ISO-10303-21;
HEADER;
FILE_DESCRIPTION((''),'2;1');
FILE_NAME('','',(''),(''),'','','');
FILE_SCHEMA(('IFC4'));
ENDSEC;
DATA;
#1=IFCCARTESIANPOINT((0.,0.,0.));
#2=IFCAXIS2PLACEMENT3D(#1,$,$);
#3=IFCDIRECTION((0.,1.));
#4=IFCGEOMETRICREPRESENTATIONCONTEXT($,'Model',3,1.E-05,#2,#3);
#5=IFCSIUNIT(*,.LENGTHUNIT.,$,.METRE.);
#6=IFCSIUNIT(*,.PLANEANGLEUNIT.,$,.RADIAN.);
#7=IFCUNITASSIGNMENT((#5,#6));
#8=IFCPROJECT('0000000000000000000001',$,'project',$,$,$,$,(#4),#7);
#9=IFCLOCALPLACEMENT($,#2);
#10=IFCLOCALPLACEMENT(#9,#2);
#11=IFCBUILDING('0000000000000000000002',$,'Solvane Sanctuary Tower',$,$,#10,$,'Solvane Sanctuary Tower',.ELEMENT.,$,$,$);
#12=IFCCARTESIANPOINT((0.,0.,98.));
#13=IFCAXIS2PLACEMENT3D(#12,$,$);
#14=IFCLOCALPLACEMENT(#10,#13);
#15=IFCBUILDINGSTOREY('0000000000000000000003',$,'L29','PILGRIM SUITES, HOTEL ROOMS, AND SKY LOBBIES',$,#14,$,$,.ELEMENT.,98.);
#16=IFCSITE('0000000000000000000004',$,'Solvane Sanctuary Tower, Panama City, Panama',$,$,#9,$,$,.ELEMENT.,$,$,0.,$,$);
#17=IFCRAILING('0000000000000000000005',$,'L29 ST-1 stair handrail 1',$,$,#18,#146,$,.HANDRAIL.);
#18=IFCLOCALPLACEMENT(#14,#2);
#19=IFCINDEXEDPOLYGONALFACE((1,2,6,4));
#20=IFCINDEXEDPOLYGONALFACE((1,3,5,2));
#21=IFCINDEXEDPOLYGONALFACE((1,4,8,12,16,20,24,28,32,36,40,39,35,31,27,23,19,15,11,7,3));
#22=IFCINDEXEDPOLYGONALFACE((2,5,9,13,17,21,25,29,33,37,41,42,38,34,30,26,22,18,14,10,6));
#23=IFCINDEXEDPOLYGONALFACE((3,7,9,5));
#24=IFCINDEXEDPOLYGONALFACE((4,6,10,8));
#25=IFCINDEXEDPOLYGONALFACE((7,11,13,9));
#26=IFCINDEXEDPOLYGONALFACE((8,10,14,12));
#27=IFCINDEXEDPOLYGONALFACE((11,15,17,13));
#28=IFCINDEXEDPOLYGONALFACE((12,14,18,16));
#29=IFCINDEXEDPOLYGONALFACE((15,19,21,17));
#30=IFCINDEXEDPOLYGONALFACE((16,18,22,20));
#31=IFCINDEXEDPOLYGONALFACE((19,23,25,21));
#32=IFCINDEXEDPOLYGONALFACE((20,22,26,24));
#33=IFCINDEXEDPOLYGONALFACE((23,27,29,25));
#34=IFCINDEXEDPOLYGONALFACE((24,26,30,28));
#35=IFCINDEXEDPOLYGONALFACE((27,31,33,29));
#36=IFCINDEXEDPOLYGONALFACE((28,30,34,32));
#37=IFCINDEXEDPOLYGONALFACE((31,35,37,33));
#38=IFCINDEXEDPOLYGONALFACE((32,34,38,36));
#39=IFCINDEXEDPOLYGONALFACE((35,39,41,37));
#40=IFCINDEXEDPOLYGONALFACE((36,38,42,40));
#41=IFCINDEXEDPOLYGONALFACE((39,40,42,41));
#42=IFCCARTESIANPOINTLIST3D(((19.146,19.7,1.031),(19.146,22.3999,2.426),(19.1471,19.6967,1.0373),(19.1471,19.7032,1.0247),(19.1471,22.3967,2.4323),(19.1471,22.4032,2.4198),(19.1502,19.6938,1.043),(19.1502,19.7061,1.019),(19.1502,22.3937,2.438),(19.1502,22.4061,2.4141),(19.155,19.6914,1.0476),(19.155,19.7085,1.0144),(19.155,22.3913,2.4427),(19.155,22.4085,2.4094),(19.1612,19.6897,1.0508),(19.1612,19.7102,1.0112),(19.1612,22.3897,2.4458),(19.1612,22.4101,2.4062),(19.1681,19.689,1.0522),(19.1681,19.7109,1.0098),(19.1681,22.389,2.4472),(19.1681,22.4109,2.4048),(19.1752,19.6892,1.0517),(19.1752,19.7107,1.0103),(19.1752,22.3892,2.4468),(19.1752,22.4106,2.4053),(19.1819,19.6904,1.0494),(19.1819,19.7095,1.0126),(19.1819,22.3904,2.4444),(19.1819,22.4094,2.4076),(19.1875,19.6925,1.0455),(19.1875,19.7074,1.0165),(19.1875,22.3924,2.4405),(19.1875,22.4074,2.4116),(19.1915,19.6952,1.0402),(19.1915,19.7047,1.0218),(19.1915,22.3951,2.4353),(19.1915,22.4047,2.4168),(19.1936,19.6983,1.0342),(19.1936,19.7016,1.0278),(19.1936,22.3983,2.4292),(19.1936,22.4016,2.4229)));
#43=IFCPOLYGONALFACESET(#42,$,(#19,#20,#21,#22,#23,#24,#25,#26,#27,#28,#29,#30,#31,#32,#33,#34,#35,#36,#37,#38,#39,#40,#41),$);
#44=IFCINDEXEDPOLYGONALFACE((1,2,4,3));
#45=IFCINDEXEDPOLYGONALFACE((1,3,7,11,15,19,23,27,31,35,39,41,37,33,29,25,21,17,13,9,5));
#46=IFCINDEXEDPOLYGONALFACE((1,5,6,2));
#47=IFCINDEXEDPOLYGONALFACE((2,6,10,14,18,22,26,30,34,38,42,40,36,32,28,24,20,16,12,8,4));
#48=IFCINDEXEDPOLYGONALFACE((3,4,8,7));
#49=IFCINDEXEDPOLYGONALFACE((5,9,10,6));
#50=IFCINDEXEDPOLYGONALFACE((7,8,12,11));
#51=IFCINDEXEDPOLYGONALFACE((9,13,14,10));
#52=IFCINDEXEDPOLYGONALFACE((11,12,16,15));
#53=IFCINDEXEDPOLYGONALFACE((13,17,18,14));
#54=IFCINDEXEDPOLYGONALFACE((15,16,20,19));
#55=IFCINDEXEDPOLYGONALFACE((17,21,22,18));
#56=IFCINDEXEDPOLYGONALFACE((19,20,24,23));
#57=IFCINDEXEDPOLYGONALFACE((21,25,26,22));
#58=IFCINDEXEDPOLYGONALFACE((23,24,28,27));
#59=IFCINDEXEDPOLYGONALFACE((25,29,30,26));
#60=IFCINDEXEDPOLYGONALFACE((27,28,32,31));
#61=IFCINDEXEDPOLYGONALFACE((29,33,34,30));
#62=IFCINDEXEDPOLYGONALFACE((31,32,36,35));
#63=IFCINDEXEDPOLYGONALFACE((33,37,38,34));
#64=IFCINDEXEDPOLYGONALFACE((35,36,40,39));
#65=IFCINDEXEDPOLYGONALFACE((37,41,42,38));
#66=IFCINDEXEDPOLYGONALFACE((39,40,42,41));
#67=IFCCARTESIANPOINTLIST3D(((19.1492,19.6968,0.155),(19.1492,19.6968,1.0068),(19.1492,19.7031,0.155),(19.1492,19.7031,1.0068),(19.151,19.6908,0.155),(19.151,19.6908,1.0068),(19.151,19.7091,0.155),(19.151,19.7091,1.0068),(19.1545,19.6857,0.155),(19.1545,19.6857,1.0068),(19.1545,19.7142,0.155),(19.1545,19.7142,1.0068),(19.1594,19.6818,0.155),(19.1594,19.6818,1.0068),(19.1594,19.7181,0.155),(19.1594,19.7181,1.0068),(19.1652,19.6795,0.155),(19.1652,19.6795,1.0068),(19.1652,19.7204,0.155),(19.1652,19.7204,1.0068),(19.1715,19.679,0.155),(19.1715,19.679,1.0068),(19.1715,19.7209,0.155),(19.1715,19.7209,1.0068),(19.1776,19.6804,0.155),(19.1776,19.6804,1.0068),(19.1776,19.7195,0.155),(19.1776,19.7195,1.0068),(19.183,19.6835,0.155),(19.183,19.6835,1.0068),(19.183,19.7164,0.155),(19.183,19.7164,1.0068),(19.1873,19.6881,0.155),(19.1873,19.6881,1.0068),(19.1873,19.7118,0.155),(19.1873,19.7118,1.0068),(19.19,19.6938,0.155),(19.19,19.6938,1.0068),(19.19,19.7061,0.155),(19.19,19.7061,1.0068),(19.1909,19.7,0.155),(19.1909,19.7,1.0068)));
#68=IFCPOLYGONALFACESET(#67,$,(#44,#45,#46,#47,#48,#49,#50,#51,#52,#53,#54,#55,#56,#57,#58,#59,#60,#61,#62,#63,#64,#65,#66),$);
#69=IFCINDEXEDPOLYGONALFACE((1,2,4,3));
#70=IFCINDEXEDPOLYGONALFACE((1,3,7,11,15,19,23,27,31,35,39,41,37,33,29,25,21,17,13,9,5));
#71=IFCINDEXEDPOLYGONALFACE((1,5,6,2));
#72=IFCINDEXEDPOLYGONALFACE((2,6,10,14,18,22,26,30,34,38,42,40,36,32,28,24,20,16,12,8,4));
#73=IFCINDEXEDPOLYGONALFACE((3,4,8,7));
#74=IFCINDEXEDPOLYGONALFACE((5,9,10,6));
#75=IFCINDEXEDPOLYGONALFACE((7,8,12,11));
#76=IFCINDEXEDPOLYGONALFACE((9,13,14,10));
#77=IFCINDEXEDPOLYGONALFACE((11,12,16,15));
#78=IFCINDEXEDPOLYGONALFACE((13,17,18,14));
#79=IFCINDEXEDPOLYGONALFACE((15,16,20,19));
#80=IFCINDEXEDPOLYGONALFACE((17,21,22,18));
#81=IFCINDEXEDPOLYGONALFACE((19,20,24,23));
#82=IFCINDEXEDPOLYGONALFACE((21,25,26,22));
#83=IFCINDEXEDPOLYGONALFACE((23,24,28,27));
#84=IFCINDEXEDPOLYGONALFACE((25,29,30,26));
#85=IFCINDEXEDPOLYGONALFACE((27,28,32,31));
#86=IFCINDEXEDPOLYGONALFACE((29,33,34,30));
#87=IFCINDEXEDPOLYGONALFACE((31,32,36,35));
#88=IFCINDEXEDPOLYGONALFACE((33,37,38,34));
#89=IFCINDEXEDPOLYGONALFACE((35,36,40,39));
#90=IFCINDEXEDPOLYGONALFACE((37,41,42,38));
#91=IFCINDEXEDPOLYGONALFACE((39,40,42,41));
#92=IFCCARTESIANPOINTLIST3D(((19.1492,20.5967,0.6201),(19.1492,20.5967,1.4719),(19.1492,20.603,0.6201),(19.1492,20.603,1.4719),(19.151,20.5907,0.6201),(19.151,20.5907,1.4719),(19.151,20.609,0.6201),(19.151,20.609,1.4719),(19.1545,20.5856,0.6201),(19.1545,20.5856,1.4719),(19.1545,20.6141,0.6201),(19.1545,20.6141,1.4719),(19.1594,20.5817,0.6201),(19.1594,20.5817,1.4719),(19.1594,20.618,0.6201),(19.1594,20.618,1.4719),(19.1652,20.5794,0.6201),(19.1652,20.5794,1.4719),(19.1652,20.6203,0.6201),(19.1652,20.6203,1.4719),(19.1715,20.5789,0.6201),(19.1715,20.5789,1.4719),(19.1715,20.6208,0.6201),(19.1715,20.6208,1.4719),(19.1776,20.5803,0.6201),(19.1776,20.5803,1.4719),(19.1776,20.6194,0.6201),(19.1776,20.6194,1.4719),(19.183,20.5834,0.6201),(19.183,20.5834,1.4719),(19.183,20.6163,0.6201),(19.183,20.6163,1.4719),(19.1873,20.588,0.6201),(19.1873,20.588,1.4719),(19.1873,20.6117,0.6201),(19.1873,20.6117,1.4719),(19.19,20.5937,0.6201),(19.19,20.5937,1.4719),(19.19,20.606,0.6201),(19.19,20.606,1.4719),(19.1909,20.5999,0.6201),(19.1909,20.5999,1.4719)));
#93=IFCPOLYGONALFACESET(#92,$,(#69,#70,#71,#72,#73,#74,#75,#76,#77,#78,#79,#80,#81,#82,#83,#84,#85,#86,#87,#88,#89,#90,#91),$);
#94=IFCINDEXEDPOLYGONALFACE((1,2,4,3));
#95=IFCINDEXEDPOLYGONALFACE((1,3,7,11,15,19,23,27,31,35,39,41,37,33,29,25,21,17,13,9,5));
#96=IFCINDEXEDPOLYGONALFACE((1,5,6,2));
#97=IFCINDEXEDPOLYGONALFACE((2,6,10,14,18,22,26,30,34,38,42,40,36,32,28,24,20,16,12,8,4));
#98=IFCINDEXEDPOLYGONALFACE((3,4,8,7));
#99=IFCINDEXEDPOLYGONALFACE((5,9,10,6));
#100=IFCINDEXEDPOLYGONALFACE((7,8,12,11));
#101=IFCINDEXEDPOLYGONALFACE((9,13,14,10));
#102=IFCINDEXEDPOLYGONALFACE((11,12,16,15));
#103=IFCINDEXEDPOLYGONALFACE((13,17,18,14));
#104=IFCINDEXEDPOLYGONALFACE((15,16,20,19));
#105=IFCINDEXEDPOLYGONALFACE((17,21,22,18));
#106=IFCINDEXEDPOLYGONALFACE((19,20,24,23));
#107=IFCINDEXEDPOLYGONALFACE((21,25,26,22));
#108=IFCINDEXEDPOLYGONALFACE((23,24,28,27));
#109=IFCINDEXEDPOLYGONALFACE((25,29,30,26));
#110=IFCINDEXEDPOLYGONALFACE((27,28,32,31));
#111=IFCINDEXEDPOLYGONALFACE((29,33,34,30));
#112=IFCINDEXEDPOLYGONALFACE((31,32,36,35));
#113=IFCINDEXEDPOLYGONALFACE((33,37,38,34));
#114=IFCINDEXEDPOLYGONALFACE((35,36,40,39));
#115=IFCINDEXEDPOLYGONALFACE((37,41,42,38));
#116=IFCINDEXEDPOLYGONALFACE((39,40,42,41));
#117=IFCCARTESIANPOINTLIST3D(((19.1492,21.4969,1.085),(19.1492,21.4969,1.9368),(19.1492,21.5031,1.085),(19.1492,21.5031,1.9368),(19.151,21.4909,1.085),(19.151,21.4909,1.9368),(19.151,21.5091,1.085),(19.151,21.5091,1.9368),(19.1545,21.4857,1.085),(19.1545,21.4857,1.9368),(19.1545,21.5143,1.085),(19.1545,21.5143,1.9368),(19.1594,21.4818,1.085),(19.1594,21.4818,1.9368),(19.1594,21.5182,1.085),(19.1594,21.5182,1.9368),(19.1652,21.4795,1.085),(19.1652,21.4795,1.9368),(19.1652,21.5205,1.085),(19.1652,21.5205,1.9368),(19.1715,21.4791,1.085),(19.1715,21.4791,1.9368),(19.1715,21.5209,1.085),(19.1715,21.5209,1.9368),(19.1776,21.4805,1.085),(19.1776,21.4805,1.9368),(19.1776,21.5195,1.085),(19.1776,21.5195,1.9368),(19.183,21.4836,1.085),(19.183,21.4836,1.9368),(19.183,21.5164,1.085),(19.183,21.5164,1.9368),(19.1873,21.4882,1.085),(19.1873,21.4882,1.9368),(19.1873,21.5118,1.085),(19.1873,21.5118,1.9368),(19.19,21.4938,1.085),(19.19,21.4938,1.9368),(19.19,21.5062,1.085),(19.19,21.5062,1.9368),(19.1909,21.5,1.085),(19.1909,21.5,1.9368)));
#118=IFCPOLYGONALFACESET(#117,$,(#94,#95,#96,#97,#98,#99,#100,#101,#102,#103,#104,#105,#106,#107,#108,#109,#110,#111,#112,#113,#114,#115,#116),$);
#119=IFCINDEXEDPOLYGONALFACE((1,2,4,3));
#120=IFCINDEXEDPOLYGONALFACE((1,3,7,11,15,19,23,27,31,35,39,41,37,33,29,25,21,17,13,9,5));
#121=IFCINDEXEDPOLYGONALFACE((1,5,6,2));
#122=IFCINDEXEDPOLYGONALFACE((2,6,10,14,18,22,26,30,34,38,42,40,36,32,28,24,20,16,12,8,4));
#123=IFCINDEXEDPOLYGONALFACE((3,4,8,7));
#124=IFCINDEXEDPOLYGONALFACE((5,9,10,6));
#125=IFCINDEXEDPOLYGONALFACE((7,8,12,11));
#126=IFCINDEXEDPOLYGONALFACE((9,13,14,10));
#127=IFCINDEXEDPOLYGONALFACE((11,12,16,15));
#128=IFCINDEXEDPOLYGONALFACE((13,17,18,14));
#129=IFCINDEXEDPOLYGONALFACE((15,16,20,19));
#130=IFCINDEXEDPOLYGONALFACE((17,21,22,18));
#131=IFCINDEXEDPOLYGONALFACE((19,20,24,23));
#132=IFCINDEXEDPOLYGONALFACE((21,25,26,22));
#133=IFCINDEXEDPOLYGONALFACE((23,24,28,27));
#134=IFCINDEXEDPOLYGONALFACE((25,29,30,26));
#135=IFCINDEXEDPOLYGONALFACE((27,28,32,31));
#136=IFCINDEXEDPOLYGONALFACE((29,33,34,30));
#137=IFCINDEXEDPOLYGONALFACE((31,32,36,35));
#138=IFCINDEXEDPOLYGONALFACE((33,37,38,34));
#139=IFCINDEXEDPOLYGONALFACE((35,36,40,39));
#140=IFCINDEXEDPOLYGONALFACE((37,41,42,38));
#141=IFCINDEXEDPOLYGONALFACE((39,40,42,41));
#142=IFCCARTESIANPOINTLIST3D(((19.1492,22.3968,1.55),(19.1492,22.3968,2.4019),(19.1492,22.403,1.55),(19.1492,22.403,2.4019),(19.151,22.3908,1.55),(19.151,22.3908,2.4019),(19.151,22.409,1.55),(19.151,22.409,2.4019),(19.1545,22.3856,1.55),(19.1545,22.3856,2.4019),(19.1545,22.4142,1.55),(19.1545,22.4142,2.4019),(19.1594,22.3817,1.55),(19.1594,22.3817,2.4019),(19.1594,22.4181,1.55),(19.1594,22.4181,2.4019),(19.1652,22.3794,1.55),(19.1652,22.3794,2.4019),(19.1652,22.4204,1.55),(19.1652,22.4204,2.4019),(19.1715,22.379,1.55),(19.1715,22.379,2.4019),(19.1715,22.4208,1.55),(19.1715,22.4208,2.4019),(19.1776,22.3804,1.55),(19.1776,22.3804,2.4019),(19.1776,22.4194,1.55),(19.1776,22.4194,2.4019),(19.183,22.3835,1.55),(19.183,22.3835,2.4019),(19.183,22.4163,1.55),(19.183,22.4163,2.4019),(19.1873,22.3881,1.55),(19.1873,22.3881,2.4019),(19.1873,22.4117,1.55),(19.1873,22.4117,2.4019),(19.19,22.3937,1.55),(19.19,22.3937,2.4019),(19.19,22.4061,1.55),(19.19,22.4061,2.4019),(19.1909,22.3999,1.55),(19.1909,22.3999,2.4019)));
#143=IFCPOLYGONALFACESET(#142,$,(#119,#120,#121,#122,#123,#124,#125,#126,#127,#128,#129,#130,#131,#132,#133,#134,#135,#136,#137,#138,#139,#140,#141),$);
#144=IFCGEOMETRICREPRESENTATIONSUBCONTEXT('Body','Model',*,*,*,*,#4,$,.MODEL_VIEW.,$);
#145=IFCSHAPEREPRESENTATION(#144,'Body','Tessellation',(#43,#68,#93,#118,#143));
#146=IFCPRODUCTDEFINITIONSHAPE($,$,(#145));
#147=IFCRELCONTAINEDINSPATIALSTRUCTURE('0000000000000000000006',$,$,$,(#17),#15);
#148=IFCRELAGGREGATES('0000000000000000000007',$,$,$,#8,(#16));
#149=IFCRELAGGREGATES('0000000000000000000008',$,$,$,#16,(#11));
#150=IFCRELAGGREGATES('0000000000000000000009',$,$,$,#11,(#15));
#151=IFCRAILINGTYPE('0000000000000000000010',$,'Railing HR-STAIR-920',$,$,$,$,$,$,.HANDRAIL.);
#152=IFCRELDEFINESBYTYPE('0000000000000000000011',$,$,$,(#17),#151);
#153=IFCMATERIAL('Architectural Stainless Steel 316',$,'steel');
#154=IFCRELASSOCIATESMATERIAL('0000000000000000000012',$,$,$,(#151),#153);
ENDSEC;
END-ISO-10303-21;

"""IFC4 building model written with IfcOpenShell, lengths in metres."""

from ifc_helpers import new_model, si_unit, direction, frame, origin, origin_2d, place, context, subcontext, project, spatial, circle, extrude, material, type_object, element, save


model = new_model("IFC4")

# Units and contexts
model_context = context("Model", 3, precision=1e-05, world=origin(), true_north=direction((0.0, 1.0)))
body_context = subcontext(model_context, "Body", "Model", "MODEL_VIEW")
ifc_project = project(units=[si_unit("LENGTHUNIT", "METRE"), si_unit("PLANEANGLEUNIT", "RADIAN")], contexts=[model_context])

# Site, building, storey
site_placement = place(None, origin())
site = spatial("IfcSite", under=ifc_project, at=site_placement, Name="Solvane Sanctuary Tower, Panama City, Panama", CompositionType="ELEMENT", RefElevation=0.0)
building_placement = place(site_placement, origin())
building = spatial("IfcBuilding", under=site, at=building_placement, Name="Solvane Sanctuary Tower", LongName="Solvane Sanctuary Tower", CompositionType="ELEMENT")
storey_placement = place(building_placement, frame((0.0, 0.0, 98.0)))
storey = spatial("IfcBuildingStorey", under=building, at=storey_placement, Name="L29", Description="PILGRIM SUITES, HOTEL ROOMS, AND SKY LOBBIES", CompositionType="ELEMENT", Elevation=98.0)

# Shared definitions
ifc_material_1 = material(Name="Architectural Stainless Steel 316", Category="steel")

# Railing
railing_type_1 = type_object("IfcRailingType", Name="Railing HR-STAIR-920", PredefinedType="HANDRAIL", material=ifc_material_1)
railing_1_placement = place(storey_placement, frame((19.1699, 19.7, 0.155)))
element("IfcRailing", 1, at=railing_1_placement, inside=storey, type_object=railing_type_1, Name="L29 ST-1 stair handrail 1", PredefinedType="HANDRAIL", context=body_context, shape_type="SweptSolid", body=[
    extrude(circle(Radius=0.0239, at=origin_2d()), frame((0.0, 0.0, 0.876), z_axis=(0.0, 0.88842, 0.459032), x_axis=(-1.0, 0.0, 0.0)), (0.0, 0.0, 1.0), 3.0391),
    extrude(circle(Radius=0.021, at=origin_2d()), origin(), (0.0, 0.0, 1.0), 0.8518),
    extrude(circle(Radius=0.021, at=origin_2d()), frame((0.0, 0.8999, 0.4651)), (0.0, 0.0, 1.0), 0.8518),
    extrude(circle(Radius=0.021, at=origin_2d()), frame((0.0, 1.8, 0.9299)), (0.0, 0.0, 1.0), 0.8518),
    extrude(circle(Radius=0.021, at=origin_2d()), frame((0.0, 2.7, 1.395)), (0.0, 0.0, 1.0), 0.8518),
])

save(model, "model.ifc")
